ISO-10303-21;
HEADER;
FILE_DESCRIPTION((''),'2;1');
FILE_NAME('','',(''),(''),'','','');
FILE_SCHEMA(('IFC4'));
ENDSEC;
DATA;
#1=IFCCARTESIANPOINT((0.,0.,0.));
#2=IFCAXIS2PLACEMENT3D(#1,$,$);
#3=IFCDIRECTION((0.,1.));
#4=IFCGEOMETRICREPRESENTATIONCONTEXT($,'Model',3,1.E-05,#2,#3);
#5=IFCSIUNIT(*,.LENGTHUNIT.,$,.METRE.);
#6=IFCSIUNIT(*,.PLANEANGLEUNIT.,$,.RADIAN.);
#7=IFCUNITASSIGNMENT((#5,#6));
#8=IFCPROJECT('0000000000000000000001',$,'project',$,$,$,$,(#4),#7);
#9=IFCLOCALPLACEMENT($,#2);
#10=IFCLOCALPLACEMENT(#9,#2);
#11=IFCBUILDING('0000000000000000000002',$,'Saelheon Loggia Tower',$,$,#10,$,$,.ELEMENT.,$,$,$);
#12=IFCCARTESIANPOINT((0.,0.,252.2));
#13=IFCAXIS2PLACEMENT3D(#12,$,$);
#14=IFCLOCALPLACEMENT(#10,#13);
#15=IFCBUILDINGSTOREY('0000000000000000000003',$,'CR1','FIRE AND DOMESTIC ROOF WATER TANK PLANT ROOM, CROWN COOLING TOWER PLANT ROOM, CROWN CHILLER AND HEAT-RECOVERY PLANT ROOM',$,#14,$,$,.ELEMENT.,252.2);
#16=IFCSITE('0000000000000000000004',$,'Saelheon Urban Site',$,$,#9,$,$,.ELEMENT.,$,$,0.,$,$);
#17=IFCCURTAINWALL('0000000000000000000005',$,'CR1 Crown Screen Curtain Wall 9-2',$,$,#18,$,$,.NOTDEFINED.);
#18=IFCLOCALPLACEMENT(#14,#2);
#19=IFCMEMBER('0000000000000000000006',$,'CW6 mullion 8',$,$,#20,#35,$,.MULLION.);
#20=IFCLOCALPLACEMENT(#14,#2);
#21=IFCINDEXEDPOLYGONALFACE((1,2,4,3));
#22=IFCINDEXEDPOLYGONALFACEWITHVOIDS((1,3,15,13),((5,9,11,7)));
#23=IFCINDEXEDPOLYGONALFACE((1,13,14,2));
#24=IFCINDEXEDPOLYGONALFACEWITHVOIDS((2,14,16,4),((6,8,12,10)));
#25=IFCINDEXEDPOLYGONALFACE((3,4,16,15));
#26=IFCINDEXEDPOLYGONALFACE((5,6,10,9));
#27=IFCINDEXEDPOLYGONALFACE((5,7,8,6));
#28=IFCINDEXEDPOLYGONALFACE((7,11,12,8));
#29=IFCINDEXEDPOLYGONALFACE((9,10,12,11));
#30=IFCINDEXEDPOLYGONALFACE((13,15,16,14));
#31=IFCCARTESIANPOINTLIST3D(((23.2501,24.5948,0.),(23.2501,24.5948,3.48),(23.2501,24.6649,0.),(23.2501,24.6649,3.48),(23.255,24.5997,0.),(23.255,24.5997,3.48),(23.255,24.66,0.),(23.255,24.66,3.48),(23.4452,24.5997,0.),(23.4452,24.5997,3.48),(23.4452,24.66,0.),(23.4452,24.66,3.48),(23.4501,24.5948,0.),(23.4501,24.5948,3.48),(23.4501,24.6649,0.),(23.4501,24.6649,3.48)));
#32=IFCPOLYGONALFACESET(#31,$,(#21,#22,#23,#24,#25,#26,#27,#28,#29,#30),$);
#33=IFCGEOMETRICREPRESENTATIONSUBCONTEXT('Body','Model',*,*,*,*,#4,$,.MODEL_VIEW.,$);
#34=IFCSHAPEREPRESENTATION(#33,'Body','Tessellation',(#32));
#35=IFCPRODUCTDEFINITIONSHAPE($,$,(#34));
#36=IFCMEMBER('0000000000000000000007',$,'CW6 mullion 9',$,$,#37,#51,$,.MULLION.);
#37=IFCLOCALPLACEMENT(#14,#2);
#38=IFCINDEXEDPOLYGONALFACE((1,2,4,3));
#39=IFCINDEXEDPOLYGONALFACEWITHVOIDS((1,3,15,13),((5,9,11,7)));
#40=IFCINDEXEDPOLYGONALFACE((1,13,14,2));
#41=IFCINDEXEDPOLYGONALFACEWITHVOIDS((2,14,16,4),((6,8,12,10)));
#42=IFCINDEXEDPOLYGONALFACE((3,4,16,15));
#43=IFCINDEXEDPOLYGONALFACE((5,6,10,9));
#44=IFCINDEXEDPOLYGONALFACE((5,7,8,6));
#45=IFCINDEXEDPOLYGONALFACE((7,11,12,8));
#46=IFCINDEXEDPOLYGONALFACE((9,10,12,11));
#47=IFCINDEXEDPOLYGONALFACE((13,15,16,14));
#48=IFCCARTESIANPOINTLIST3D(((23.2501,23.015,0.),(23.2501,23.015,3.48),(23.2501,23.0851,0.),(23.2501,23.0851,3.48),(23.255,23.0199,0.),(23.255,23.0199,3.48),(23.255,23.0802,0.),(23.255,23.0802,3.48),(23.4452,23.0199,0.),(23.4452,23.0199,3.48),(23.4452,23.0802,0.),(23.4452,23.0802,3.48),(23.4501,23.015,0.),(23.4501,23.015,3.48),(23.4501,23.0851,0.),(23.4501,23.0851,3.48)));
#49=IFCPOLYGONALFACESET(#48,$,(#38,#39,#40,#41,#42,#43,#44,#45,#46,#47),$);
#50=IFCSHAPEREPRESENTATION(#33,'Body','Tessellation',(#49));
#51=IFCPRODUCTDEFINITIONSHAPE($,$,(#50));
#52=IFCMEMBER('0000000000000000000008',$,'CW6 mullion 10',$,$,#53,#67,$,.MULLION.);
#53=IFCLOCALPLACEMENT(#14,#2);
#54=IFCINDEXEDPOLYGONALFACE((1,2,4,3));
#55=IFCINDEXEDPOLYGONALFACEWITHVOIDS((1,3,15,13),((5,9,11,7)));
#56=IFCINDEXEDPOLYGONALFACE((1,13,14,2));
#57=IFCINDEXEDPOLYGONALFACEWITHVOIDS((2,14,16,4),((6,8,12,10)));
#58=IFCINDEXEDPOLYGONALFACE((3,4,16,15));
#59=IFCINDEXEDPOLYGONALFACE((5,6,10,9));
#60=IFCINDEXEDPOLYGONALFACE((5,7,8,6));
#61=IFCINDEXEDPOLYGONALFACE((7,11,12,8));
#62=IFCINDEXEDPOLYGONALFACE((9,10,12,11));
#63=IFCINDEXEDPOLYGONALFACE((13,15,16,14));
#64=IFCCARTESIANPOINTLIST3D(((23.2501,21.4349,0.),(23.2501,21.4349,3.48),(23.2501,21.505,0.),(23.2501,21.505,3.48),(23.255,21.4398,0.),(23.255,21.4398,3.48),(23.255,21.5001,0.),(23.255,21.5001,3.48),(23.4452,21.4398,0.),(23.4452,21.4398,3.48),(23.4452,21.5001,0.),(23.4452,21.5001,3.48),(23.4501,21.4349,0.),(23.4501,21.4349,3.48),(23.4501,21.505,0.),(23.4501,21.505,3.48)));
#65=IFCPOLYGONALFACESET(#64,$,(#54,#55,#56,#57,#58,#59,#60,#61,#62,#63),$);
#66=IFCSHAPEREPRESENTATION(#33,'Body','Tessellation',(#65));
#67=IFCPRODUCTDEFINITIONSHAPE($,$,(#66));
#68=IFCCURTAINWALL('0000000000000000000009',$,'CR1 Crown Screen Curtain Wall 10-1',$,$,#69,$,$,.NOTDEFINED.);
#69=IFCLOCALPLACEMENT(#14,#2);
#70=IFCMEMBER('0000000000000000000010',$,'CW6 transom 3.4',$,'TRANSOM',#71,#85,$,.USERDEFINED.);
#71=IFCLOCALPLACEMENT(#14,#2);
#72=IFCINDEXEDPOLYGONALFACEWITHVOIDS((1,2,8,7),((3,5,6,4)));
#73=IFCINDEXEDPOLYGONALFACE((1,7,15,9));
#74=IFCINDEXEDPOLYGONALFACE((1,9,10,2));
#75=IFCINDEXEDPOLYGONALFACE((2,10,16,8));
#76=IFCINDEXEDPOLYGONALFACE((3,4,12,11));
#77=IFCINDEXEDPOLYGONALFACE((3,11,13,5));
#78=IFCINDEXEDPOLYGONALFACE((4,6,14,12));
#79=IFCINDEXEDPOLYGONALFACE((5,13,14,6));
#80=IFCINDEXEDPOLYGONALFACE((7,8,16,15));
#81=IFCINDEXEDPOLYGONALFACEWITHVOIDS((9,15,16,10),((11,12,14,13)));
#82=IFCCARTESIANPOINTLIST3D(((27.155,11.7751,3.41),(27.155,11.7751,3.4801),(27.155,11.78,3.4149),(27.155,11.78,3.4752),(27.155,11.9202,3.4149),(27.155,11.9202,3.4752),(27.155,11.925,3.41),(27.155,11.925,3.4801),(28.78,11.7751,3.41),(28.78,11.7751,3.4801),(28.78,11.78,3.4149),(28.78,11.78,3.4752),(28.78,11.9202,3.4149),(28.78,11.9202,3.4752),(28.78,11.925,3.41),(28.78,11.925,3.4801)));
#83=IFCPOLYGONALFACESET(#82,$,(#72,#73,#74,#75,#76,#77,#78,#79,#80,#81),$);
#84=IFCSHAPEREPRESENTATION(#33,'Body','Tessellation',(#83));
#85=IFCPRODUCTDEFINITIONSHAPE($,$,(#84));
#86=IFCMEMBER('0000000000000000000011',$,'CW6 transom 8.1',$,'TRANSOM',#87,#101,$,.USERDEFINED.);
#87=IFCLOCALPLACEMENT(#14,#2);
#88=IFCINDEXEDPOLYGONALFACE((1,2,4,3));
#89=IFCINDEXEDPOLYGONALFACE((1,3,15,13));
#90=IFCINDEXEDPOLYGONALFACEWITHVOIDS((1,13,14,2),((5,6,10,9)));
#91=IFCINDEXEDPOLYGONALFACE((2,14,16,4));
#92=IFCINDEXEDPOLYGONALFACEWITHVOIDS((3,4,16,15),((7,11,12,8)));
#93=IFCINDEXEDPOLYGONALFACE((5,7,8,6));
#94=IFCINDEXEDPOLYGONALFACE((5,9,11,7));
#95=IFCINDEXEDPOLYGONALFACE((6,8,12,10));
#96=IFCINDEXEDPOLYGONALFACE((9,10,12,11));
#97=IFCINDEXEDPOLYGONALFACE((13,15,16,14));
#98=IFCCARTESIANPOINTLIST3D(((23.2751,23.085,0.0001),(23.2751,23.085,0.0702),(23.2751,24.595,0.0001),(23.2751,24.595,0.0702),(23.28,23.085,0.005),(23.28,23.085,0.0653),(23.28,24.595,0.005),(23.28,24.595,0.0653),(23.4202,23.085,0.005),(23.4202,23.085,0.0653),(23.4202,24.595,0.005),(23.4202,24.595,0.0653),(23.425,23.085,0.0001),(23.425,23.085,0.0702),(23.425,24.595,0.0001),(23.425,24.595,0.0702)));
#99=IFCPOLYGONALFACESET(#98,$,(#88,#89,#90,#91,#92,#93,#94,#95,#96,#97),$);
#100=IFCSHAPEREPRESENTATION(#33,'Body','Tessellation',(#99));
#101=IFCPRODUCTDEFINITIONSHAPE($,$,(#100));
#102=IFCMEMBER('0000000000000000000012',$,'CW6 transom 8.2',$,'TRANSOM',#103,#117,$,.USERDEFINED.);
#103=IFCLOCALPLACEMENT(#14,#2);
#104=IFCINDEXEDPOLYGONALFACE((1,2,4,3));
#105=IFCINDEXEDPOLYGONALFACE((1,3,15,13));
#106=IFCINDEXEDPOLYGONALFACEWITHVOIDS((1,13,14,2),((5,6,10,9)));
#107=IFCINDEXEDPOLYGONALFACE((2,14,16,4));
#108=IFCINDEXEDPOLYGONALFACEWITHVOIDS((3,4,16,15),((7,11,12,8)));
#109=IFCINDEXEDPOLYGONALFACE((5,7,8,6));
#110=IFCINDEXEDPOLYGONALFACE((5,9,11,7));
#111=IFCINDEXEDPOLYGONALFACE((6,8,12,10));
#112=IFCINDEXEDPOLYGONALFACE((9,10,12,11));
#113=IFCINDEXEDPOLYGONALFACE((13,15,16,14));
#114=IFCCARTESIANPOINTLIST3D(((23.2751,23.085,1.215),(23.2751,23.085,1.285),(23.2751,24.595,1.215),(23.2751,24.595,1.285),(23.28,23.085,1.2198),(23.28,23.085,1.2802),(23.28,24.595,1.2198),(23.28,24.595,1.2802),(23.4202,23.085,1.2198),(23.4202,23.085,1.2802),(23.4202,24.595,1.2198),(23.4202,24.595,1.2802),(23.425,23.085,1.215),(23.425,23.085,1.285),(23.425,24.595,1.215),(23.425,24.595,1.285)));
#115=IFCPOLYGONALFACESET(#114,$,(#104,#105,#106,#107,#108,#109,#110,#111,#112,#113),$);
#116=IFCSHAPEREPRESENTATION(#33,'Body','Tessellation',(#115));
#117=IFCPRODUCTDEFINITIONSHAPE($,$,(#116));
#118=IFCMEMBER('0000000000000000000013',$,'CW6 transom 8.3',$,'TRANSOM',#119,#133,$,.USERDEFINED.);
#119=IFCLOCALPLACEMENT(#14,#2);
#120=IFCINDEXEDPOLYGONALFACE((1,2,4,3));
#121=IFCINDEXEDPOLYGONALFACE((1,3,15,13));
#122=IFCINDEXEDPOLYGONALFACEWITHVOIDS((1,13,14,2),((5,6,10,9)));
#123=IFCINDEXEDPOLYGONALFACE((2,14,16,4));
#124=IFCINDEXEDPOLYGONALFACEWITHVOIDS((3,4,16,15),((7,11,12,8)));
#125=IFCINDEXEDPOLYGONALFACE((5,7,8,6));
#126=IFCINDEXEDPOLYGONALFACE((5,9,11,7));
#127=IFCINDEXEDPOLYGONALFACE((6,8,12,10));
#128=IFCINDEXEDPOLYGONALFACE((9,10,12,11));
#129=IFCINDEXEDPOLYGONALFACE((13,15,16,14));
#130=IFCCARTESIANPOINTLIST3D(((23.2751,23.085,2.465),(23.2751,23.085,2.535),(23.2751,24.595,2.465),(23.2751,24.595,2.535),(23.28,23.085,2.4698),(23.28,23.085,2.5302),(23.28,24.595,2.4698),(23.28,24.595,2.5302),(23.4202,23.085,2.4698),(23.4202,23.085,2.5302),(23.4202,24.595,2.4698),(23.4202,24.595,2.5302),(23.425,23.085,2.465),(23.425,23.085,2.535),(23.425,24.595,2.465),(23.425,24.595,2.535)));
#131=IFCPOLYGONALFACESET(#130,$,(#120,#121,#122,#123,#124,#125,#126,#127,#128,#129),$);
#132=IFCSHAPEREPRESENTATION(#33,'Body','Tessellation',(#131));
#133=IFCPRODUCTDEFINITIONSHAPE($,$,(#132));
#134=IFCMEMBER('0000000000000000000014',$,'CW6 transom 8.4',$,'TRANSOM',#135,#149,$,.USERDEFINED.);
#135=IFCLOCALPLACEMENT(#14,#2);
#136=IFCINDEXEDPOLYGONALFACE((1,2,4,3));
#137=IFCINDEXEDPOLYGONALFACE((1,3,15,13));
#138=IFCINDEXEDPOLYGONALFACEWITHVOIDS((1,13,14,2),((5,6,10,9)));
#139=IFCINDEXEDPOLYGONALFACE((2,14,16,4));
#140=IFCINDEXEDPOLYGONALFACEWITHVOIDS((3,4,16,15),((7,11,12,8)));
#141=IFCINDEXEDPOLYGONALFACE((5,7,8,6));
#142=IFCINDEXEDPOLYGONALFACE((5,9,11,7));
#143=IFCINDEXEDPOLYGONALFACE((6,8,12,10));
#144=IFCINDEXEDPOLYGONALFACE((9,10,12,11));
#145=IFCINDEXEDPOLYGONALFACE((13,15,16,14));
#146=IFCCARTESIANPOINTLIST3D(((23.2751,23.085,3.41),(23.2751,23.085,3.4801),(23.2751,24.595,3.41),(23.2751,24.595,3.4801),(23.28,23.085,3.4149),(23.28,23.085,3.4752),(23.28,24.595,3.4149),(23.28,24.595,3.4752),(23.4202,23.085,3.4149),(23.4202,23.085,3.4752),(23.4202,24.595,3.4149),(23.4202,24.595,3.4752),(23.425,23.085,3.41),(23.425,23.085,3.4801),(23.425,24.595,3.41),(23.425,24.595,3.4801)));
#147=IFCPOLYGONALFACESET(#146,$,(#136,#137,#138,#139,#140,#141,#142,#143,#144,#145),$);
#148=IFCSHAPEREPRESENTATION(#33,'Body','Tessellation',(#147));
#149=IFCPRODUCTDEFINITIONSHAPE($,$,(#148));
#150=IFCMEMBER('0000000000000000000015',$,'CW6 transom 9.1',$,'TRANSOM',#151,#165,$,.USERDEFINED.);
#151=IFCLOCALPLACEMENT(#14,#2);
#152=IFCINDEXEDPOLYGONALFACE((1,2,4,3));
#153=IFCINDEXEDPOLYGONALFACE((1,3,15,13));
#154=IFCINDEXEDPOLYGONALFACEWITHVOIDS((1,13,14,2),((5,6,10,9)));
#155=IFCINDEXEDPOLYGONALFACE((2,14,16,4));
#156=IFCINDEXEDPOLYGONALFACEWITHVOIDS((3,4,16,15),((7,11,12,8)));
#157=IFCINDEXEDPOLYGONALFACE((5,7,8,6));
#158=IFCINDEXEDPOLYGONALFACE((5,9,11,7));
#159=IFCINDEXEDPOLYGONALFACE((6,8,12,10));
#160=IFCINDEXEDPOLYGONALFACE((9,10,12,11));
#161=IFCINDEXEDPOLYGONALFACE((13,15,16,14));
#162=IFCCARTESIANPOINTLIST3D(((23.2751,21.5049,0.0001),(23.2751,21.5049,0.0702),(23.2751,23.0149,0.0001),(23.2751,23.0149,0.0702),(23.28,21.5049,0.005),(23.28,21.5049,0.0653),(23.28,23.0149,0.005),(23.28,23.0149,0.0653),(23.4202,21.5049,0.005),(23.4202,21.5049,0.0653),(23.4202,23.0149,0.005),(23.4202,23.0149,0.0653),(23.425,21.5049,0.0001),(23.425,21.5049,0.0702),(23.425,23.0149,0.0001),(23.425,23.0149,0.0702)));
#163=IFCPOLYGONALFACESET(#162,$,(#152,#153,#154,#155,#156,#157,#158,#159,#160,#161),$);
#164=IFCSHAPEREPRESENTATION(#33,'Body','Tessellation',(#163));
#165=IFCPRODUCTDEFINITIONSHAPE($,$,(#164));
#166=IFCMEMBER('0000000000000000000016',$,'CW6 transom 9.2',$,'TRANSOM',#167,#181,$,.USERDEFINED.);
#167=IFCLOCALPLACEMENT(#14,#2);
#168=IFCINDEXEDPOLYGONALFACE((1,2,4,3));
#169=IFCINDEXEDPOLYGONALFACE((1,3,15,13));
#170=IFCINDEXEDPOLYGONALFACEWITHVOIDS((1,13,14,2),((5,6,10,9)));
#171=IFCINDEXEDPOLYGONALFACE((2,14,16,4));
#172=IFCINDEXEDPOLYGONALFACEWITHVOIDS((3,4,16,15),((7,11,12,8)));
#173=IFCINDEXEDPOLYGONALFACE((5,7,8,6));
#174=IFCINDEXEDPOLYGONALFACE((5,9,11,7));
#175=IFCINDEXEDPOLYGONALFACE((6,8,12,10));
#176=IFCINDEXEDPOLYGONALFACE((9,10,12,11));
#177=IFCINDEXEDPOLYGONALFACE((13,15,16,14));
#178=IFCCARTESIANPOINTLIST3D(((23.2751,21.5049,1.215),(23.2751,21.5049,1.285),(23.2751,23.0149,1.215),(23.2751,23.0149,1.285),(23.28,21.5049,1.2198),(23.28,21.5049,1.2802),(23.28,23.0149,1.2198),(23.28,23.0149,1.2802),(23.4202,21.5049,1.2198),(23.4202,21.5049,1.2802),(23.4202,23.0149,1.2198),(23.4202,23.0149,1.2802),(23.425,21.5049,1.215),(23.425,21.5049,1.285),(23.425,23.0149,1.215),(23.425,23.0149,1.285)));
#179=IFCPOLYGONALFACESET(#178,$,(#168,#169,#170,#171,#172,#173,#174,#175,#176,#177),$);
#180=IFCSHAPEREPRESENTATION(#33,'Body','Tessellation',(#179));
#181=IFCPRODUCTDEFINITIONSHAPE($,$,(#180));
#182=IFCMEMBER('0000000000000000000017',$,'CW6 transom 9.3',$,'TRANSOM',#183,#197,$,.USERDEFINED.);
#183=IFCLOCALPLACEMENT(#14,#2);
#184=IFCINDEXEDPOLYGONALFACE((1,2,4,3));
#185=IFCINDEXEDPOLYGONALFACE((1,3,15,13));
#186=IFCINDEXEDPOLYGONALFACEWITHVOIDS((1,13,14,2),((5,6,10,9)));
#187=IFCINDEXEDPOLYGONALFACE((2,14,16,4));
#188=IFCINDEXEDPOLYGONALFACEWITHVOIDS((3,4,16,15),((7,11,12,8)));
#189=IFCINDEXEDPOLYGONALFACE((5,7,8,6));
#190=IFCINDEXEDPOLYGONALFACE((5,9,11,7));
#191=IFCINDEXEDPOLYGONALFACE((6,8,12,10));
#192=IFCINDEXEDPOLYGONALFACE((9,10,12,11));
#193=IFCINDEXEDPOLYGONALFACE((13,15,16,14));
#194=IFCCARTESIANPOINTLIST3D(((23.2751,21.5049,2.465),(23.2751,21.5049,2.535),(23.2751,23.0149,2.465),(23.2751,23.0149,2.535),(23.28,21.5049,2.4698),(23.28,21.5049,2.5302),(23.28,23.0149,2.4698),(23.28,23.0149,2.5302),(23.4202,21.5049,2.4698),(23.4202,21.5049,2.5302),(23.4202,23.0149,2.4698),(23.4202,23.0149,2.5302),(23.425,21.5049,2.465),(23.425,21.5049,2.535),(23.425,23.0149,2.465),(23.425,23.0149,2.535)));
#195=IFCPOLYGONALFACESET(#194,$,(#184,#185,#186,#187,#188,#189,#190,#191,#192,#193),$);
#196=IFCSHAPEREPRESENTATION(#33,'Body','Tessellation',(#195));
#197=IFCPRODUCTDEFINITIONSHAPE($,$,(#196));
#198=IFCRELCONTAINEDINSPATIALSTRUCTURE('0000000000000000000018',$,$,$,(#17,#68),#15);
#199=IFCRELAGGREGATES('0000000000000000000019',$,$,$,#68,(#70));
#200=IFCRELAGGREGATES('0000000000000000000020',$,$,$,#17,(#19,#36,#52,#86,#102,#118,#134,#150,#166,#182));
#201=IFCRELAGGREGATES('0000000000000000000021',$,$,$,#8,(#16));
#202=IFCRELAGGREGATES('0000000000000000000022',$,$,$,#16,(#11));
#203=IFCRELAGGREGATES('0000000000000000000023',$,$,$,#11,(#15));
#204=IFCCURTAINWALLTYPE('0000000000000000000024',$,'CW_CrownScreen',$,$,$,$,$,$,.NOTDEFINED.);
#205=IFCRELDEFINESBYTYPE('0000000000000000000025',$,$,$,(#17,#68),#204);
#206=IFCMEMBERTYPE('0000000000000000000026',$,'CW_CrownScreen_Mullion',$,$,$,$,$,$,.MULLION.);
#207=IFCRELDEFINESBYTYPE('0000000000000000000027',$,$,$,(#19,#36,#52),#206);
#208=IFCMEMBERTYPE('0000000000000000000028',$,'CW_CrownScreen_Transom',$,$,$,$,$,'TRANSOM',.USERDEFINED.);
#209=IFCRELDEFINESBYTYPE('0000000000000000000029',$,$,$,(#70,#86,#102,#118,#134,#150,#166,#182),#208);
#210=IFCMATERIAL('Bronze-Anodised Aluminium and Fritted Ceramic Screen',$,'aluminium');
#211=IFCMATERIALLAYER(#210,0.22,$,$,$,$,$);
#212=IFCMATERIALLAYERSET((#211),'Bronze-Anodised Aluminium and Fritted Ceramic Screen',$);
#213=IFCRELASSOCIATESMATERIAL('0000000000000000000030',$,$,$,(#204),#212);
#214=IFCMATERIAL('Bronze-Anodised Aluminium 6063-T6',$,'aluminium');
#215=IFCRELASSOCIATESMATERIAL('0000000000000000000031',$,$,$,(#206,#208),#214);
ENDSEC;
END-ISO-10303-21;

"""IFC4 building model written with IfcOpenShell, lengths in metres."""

from ifc_helpers import new_model, si_unit, direction, frame, origin, origin_2d, place, context, subcontext, project, spatial, hollow_rectangle, extrude, source, transform, mapped, material, layer, layer_set, material_profile, profile_set, type_object, element, aggregate, save


model = new_model("IFC4")

# Units and contexts
model_context = context("Model", 3, precision=1e-05, world=origin(), true_north=direction((0.0, 1.0)))
body_context = subcontext(model_context, "Body", "Model", "MODEL_VIEW")
ifc_project = project(units=[si_unit("LENGTHUNIT", "METRE"), si_unit("PLANEANGLEUNIT", "RADIAN")], contexts=[model_context])

# Site, building, storey
site_placement = place(None, origin())
site = spatial("IfcSite", under=ifc_project, at=site_placement, Name="Saelheon Urban Site", CompositionType="ELEMENT", RefElevation=0.0)
building_placement = place(site_placement, origin())
building = spatial("IfcBuilding", under=site, at=building_placement, Name="Saelheon Loggia Tower", CompositionType="ELEMENT")
storey_placement = place(building_placement, frame((0.0, 0.0, 252.2)))
storey = spatial("IfcBuildingStorey", under=building, at=storey_placement, Name="CR1", Description="FIRE AND DOMESTIC ROOF WATER TANK PLANT ROOM, CROWN COOLING TOWER PLANT ROOM, CROWN CHILLER AND HEAT-RECOVERY PLANT ROOM", CompositionType="ELEMENT", Elevation=252.2)

# Curtain wall, members
ifc_material_1 = material(Name="Bronze-Anodised Aluminium and Fritted Ceramic Screen", Category="aluminium")
ifc_layer_1 = layer(ifc_material_1, 0.22)
ifc_layer_set_1 = layer_set([ifc_layer_1], Name="Bronze-Anodised Aluminium and Fritted Ceramic Screen")
curtain_wall_type = type_object("IfcCurtainWallType", Name="CW_CrownScreen", PredefinedType="NOTDEFINED", material=ifc_layer_set_1)
curtain_wall_1_placement = place(storey_placement, origin())
curtain_wall_1 = element("IfcCurtainWall", 1, at=curtain_wall_1_placement, inside=storey, type_object=curtain_wall_type, Name="CR1 Crown Screen Curtain Wall 9-2", PredefinedType="NOTDEFINED")
ifc_material_2 = material(Name="Bronze-Anodised Aluminium 6063-T6", Category="aluminium")
ifc_material_profile_1 = material_profile(ifc_material_2, hollow_rectangle(XDim=0.0701, YDim=0.2, WallThickness=0.0049, at=origin_2d()), Name="RHS-200x70x5")
ifc_profile_set_1 = profile_set([ifc_material_profile_1], Name="Bronze-Anodised Aluminium 6063-T6")
member_type_1 = type_object("IfcMemberType", Name="CW_CrownScreen_Mullion", PredefinedType="MULLION", material=ifc_profile_set_1)
shared_shape_1 = source(origin(), body_context, "Body", "SweptSolid", [
    extrude(hollow_rectangle(XDim=0.0701, YDim=0.2, WallThickness=0.0049, at=origin_2d()), origin(), (0.0, 0.0, 1.0), 3.48),
])
member_1_placement = place(storey_placement, frame((23.3501, 24.6299, 0.0), z_axis=(0.0, 0.0, 1.0), x_axis=(0.0, -1.0, 0.0)))
member_1 = element("IfcMember", 2, at=member_1_placement, type_object=member_type_1, Name="CW6 mullion 8", PredefinedType="MULLION", context=body_context, shape_type="MappedRepresentation", body=[
    mapped(shared_shape_1, transform((0.0, 0.0, 0.0), scale=1.0)),
])
member_2_placement = place(storey_placement, frame((23.3501, 23.05, 0.0), z_axis=(0.0, 0.0, 1.0), x_axis=(0.0, -1.0, 0.0)))
member_2 = element("IfcMember", 3, at=member_2_placement, type_object=member_type_1, Name="CW6 mullion 9", PredefinedType="MULLION", context=body_context, shape_type="MappedRepresentation", body=[
    mapped(shared_shape_1, transform((0.0, 0.0, 0.0), scale=1.0)),
])
member_3_placement = place(storey_placement, frame((23.3501, 21.47, 0.0), z_axis=(0.0, 0.0, 1.0), x_axis=(0.0, -1.0, 0.0)))
member_3 = element("IfcMember", 4, at=member_3_placement, type_object=member_type_1, Name="CW6 mullion 10", PredefinedType="MULLION", context=body_context, shape_type="MappedRepresentation", body=[
    mapped(shared_shape_1, transform((0.0, 0.0, 0.0), scale=1.0)),
])

# Curtain wall, member
curtain_wall_2_placement = place(storey_placement, origin())
curtain_wall_2 = element("IfcCurtainWall", 5, at=curtain_wall_2_placement, inside=storey, type_object=curtain_wall_type, Name="CR1 Crown Screen Curtain Wall 10-1", PredefinedType="NOTDEFINED")
ifc_material_profile_2 = material_profile(ifc_material_2, hollow_rectangle(XDim=0.0701, YDim=0.1499, WallThickness=0.0049, at=origin_2d()), Name="RHS-150x70x5")
ifc_profile_set_2 = profile_set([ifc_material_profile_2], Name="Bronze-Anodised Aluminium 6063-T6")
member_type_2 = type_object("IfcMemberType", Name="CW_CrownScreen_Transom", ElementType="TRANSOM", PredefinedType="USERDEFINED", material=ifc_profile_set_2)
shared_shape_2 = source(origin(), body_context, "Body", "SweptSolid", [
    extrude(hollow_rectangle(XDim=0.0701, YDim=0.1499, WallThickness=0.0049, at=origin_2d()), origin(), (0.0, 0.0, 1.0), 1.625),
])
member_4_placement = place(storey_placement, frame((27.155, 11.8501, 3.4451), z_axis=(1.0, 0.0, 0.0), x_axis=(0.0, 0.0, 1.0)))
member_4 = element("IfcMember", 6, at=member_4_placement, type_object=member_type_2, Name="CW6 transom 3.4", ObjectType="TRANSOM", PredefinedType="USERDEFINED", context=body_context, shape_type="MappedRepresentation", body=[
    mapped(shared_shape_2, transform((0.0, 0.0, 0.0), scale=1.0)),
])

# Members
shared_shape_3 = source(origin(), body_context, "Body", "SweptSolid", [
    extrude(hollow_rectangle(XDim=0.0701, YDim=0.1499, WallThickness=0.0049, at=origin_2d()), origin(), (0.0, 0.0, 1.0), 1.51),
])
member_5_placement = place(storey_placement, frame((23.3501, 24.595, 0.0352), z_axis=(0.0, -1.0, 0.0), x_axis=(0.0, 0.0, 1.0)))
member_5 = element("IfcMember", 7, at=member_5_placement, type_object=member_type_2, Name="CW6 transom 8.1", ObjectType="TRANSOM", PredefinedType="USERDEFINED", context=body_context, shape_type="MappedRepresentation", body=[
    mapped(shared_shape_3, transform((0.0, 0.0, 0.0), scale=1.0)),
])
member_6_placement = place(storey_placement, frame((23.3501, 24.595, 1.25), z_axis=(0.0, -1.0, 0.0), x_axis=(0.0, 0.0, 1.0)))
member_6 = element("IfcMember", 8, at=member_6_placement, type_object=member_type_2, Name="CW6 transom 8.2", ObjectType="TRANSOM", PredefinedType="USERDEFINED", context=body_context, shape_type="MappedRepresentation", body=[
    mapped(shared_shape_3, transform((0.0, 0.0, 0.0), scale=1.0)),
])
member_7_placement = place(storey_placement, frame((23.3501, 24.595, 2.5), z_axis=(0.0, -1.0, 0.0), x_axis=(0.0, 0.0, 1.0)))
member_7 = element("IfcMember", 9, at=member_7_placement, type_object=member_type_2, Name="CW6 transom 8.3", ObjectType="TRANSOM", PredefinedType="USERDEFINED", context=body_context, shape_type="MappedRepresentation", body=[
    mapped(shared_shape_3, transform((0.0, 0.0, 0.0), scale=1.0)),
])
member_8_placement = place(storey_placement, frame((23.3501, 24.595, 3.4451), z_axis=(0.0, -1.0, 0.0), x_axis=(0.0, 0.0, 1.0)))
member_8 = element("IfcMember", 10, at=member_8_placement, type_object=member_type_2, Name="CW6 transom 8.4", ObjectType="TRANSOM", PredefinedType="USERDEFINED", context=body_context, shape_type="MappedRepresentation", body=[
    mapped(shared_shape_3, transform((0.0, 0.0, 0.0), scale=1.0)),
])
member_9_placement = place(storey_placement, frame((23.3501, 23.0149, 0.0352), z_axis=(0.0, -1.0, 0.0), x_axis=(0.0, 0.0, 1.0)))
member_9 = element("IfcMember", 11, at=member_9_placement, type_object=member_type_2, Name="CW6 transom 9.1", ObjectType="TRANSOM", PredefinedType="USERDEFINED", context=body_context, shape_type="MappedRepresentation", body=[
    mapped(shared_shape_3, transform((0.0, 0.0, 0.0), scale=1.0)),
])
member_10_placement = place(storey_placement, frame((23.3501, 23.0149, 1.25), z_axis=(0.0, -1.0, 0.0), x_axis=(0.0, 0.0, 1.0)))
member_10 = element("IfcMember", 12, at=member_10_placement, type_object=member_type_2, Name="CW6 transom 9.2", ObjectType="TRANSOM", PredefinedType="USERDEFINED", context=body_context, shape_type="MappedRepresentation", body=[
    mapped(shared_shape_3, transform((0.0, 0.0, 0.0), scale=1.0)),
])
member_11_placement = place(storey_placement, frame((23.3501, 23.0149, 2.5), z_axis=(0.0, -1.0, 0.0), x_axis=(0.0, 0.0, 1.0)))
member_11 = element("IfcMember", 13, at=member_11_placement, type_object=member_type_2, Name="CW6 transom 9.3", ObjectType="TRANSOM", PredefinedType="USERDEFINED", context=body_context, shape_type="MappedRepresentation", body=[
    mapped(shared_shape_3, transform((0.0, 0.0, 0.0), scale=1.0)),
])

aggregate(curtain_wall_2, [member_4])
aggregate(curtain_wall_1, [member_1, member_2, member_3, member_5, member_6, member_7, member_8, member_9, member_10, member_11])

save(model, "model.ifc")
